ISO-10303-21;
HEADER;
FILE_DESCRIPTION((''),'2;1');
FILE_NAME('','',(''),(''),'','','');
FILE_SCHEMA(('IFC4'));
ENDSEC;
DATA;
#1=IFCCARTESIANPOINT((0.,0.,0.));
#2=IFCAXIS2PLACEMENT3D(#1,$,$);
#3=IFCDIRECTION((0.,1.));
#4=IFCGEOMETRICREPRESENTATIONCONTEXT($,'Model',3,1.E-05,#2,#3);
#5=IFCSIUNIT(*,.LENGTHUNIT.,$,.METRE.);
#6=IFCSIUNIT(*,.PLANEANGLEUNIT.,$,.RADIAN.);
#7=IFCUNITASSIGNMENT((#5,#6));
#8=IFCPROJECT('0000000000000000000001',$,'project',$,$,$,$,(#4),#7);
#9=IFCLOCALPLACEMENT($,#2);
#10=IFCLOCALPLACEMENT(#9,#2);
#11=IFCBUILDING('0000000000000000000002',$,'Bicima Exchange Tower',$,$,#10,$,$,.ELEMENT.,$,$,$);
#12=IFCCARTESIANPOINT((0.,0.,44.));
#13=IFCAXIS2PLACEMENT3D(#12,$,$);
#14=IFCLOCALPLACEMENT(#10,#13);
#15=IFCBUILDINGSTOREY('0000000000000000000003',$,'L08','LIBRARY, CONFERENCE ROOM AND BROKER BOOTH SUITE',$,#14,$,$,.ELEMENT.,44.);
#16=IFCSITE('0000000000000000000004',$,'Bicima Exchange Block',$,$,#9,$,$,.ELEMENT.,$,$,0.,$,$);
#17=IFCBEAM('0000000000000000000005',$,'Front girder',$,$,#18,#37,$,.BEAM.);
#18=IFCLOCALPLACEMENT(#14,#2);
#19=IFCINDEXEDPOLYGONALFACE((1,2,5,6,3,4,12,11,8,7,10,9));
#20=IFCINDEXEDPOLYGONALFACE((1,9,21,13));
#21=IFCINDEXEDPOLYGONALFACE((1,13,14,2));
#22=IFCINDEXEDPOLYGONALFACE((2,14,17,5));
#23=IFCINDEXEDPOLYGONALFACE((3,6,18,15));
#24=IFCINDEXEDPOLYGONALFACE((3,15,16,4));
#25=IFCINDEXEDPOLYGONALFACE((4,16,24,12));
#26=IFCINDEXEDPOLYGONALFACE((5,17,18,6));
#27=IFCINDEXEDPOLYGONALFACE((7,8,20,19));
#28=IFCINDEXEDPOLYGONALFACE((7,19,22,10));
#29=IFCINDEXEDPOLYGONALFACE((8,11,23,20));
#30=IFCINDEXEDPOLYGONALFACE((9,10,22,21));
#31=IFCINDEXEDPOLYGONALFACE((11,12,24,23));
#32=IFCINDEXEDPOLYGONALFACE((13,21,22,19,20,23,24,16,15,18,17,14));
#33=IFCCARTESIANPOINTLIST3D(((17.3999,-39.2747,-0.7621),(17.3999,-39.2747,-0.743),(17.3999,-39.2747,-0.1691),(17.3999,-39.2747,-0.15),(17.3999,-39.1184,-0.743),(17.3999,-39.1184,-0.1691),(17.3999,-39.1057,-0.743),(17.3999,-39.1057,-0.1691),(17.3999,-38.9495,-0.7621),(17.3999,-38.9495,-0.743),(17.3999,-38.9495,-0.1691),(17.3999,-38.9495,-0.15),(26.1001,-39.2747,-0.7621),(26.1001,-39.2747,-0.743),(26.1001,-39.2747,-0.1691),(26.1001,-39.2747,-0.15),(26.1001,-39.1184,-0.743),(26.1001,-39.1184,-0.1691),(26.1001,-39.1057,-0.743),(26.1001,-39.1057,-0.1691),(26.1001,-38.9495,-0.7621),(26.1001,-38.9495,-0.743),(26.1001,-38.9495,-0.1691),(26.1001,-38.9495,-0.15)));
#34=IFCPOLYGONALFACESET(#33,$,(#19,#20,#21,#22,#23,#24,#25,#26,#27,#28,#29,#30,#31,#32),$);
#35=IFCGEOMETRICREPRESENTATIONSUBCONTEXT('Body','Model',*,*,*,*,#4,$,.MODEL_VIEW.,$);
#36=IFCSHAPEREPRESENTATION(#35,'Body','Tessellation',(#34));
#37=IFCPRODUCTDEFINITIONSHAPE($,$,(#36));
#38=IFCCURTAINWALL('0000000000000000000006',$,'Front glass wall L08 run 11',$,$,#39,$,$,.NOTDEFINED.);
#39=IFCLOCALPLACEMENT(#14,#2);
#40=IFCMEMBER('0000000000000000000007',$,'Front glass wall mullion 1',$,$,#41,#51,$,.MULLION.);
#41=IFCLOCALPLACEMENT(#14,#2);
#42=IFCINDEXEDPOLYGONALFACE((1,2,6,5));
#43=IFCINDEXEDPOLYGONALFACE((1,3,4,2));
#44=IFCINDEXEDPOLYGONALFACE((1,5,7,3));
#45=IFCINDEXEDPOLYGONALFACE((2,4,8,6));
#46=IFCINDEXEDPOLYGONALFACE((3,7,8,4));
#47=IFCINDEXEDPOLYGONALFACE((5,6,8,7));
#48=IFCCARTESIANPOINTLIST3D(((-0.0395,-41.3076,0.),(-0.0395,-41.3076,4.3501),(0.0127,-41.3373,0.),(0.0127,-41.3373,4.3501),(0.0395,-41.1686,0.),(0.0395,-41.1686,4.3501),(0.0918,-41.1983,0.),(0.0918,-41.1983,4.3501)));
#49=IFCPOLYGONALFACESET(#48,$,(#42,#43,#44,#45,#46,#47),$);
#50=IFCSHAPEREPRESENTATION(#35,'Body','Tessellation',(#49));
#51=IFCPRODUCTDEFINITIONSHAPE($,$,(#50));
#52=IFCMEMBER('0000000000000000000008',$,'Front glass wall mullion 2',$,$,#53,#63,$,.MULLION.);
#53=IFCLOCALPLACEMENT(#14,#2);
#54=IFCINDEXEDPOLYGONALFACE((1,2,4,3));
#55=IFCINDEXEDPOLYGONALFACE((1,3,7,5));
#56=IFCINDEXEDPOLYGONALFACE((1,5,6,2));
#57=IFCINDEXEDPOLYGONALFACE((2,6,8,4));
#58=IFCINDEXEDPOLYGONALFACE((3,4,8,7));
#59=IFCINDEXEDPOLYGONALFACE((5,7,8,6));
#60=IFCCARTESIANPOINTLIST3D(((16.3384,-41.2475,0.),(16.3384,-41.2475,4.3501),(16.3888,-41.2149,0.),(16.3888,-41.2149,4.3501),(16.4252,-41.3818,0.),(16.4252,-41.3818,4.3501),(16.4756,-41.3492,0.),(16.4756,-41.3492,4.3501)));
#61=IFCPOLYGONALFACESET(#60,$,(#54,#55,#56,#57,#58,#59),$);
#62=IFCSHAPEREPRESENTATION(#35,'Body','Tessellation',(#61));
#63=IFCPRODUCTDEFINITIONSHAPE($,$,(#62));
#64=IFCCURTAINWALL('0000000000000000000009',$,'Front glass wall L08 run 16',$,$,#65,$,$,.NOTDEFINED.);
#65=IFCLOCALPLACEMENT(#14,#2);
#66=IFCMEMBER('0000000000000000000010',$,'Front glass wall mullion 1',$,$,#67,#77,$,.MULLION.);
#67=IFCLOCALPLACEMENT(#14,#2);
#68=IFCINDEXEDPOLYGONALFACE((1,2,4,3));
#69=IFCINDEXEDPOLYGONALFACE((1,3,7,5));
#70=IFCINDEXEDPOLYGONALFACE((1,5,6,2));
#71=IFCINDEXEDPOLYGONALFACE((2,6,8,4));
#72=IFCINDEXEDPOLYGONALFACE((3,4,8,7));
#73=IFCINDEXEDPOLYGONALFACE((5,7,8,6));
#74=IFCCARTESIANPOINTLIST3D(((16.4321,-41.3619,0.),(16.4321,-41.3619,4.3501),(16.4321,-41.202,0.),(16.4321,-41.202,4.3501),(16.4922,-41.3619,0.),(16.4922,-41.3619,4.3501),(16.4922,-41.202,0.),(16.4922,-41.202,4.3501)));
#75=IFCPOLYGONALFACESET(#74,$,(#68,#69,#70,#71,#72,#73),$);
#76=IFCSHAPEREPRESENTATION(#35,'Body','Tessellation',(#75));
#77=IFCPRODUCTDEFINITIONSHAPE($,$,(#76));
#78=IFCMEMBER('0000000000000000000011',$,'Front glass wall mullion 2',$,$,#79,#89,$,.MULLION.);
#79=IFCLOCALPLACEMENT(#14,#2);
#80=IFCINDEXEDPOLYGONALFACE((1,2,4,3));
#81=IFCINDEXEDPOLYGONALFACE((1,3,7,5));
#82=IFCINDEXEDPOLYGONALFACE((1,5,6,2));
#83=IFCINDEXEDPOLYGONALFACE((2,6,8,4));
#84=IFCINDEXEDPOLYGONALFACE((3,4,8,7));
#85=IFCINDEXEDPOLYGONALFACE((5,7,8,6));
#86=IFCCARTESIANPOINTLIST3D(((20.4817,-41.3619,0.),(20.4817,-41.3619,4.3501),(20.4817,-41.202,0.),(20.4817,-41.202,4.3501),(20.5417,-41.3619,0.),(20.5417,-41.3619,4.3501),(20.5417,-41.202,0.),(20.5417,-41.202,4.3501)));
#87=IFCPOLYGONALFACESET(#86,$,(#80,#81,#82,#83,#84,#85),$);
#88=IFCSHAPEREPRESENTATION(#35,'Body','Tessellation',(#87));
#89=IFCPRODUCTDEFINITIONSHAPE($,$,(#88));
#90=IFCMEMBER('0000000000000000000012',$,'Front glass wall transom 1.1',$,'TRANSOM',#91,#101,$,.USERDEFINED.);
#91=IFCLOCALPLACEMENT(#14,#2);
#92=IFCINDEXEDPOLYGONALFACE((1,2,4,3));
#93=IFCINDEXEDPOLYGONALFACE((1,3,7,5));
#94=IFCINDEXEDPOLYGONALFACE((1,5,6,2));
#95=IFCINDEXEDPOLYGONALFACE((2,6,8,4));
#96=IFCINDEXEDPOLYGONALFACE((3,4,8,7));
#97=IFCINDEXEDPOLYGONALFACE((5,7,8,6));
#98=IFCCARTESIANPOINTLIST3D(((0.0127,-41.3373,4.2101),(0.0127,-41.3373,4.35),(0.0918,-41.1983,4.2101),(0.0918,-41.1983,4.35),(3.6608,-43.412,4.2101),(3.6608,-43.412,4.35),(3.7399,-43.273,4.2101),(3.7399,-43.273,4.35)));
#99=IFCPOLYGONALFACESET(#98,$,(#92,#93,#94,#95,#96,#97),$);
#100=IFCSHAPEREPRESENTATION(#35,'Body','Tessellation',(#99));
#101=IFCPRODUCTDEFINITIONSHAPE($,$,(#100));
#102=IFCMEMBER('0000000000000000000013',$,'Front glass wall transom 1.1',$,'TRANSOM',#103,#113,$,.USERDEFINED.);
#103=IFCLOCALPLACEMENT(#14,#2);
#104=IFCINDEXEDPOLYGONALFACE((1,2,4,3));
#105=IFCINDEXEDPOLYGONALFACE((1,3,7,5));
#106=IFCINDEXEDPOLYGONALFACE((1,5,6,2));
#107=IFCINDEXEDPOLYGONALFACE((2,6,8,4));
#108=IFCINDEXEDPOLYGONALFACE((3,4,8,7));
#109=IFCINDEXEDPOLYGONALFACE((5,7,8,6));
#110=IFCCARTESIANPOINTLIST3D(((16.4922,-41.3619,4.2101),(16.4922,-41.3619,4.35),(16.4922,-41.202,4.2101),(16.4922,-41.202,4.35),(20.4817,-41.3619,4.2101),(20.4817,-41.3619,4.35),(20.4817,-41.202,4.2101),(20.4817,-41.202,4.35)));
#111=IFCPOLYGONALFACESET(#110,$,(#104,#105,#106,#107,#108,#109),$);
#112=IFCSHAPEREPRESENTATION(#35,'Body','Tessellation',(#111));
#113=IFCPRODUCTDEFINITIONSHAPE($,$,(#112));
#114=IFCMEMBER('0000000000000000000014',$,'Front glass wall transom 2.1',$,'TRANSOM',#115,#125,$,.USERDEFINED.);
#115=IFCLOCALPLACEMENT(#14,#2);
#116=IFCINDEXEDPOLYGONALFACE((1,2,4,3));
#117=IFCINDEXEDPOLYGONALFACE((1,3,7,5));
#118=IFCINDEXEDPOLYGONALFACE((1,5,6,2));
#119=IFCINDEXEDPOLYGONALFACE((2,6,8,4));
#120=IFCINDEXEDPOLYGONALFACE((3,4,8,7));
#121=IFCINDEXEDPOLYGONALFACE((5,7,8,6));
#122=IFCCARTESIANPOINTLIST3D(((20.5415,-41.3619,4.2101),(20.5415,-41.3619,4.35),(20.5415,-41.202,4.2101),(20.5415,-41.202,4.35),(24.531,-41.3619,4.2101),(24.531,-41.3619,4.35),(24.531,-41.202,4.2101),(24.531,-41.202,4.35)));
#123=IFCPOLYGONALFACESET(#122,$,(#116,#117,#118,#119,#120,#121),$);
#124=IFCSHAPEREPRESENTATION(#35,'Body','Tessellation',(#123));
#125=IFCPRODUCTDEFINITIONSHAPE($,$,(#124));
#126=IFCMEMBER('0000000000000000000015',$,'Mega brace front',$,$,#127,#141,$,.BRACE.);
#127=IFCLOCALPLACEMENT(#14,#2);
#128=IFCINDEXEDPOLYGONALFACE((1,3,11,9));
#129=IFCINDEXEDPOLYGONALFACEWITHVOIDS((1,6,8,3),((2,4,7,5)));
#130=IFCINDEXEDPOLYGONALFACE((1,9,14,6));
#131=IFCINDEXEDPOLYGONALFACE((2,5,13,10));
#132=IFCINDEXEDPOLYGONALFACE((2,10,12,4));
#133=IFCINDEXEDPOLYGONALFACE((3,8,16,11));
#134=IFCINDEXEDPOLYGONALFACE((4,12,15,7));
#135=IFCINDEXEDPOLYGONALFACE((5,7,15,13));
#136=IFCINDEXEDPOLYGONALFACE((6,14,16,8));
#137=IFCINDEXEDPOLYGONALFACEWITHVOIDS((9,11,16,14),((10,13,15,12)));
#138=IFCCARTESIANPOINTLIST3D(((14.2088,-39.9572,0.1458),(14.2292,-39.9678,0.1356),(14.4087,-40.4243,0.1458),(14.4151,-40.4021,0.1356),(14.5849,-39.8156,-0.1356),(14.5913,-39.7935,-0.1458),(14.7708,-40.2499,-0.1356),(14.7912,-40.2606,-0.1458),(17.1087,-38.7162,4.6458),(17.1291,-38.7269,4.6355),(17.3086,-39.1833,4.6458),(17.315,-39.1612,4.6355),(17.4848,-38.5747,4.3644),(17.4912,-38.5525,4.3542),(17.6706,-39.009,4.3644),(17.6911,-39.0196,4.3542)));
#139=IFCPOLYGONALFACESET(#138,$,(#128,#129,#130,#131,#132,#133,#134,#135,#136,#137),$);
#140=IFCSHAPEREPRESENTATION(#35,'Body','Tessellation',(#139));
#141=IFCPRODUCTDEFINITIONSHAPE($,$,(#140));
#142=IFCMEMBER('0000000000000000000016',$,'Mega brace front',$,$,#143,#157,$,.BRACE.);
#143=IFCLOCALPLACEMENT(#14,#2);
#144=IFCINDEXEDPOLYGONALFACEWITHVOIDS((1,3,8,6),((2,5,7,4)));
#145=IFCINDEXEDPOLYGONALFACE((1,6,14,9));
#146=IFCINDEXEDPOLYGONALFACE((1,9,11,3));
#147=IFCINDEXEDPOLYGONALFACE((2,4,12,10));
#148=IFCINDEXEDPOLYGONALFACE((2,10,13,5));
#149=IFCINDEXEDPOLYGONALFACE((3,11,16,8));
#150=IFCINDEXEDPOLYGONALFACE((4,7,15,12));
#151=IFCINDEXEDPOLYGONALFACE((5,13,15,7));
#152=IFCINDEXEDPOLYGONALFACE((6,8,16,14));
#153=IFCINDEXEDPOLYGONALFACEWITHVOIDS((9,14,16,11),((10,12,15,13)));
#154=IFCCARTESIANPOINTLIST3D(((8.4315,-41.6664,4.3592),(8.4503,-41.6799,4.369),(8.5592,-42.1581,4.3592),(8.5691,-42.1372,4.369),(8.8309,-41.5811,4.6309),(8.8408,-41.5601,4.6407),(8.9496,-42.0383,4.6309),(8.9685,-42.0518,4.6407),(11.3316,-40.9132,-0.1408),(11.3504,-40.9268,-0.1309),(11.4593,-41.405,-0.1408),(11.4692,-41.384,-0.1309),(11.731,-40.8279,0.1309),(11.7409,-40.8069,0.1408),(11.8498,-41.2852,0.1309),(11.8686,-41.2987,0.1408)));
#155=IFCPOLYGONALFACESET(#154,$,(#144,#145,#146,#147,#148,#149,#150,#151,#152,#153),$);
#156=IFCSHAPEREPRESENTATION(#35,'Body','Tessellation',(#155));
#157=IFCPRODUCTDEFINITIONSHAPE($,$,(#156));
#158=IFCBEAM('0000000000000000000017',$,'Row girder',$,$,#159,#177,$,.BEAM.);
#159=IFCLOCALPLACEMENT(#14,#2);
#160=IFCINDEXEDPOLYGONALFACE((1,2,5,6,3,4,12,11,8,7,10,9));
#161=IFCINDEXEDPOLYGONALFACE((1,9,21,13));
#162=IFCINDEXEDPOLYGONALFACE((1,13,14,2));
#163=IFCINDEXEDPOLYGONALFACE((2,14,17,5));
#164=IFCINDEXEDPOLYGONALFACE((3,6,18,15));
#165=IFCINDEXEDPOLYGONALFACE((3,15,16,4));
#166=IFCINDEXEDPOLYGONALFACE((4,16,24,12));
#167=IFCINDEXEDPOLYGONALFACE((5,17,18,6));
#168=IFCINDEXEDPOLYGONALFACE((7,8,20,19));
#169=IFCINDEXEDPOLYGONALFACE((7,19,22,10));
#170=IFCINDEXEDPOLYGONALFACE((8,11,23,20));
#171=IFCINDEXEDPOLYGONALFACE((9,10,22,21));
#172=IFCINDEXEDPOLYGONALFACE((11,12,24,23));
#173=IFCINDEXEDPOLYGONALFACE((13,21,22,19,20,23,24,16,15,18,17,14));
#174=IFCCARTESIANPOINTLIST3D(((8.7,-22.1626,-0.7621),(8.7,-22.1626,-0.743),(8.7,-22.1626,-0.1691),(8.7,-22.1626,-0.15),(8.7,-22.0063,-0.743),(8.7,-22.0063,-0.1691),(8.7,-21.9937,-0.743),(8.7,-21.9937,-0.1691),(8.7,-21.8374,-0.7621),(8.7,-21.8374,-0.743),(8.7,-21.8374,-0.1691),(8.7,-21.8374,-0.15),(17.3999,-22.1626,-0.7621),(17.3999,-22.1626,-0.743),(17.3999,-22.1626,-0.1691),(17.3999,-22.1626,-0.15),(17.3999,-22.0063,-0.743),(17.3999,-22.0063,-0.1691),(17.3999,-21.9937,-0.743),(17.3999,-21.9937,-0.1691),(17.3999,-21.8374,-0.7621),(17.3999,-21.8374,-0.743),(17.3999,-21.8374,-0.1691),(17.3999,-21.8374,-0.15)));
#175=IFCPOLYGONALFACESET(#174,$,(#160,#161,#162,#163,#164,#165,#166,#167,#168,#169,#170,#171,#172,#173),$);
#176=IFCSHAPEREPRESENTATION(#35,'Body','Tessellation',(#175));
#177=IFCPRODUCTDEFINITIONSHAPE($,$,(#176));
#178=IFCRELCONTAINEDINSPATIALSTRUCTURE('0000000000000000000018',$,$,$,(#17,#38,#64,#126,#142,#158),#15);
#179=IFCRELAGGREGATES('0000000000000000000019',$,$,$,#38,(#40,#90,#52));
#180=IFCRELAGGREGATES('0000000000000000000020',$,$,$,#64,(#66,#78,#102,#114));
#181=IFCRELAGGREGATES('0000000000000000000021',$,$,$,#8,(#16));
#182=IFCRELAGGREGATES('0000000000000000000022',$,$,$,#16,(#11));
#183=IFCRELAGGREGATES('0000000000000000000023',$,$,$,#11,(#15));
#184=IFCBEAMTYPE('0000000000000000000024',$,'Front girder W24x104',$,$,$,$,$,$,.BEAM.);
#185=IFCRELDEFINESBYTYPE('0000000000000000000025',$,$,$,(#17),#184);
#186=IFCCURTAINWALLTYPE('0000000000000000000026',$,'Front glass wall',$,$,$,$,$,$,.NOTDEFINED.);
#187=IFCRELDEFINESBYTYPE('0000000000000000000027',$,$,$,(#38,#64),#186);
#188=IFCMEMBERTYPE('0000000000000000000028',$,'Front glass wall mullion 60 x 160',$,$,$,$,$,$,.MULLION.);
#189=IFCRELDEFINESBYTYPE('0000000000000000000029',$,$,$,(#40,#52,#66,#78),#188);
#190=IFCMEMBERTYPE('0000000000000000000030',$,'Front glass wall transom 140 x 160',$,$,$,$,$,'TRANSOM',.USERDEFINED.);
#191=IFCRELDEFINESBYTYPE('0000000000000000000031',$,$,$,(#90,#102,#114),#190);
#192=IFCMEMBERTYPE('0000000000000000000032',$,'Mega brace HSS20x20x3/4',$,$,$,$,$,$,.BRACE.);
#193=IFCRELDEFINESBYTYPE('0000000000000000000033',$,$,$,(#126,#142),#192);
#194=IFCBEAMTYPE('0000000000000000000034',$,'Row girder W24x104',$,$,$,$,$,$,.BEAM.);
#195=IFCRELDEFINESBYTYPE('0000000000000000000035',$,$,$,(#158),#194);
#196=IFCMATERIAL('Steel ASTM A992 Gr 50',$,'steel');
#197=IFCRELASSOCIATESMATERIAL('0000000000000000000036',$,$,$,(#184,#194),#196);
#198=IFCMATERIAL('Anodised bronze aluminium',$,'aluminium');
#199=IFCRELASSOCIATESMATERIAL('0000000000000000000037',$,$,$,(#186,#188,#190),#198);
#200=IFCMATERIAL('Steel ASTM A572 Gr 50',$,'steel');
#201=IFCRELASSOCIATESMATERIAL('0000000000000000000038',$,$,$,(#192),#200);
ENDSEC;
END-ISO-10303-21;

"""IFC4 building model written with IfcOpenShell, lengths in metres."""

from ifc_helpers import new_model, si_unit, direction, frame, origin, origin_2d, place, context, subcontext, project, spatial, rectangle, hollow_rectangle, i_section, extrude, material, material_profile, profile_set, type_object, element, aggregate, save


model = new_model("IFC4")

# Units and contexts
model_context = context("Model", 3, precision=1e-05, world=origin(), true_north=direction((0.0, 1.0)))
body_context = subcontext(model_context, "Body", "Model", "MODEL_VIEW")
ifc_project = project(units=[si_unit("LENGTHUNIT", "METRE"), si_unit("PLANEANGLEUNIT", "RADIAN")], contexts=[model_context])

# Site, building, storey
site_placement = place(None, origin())
site = spatial("IfcSite", under=ifc_project, at=site_placement, Name="Bicima Exchange Block", CompositionType="ELEMENT", RefElevation=0.0)
building_placement = place(site_placement, origin())
building = spatial("IfcBuilding", under=site, at=building_placement, Name="Bicima Exchange Tower", CompositionType="ELEMENT")
storey_placement = place(building_placement, frame((0.0, 0.0, 44.0)))
storey = spatial("IfcBuildingStorey", under=building, at=storey_placement, Name="L08", Description="LIBRARY, CONFERENCE ROOM AND BROKER BOOTH SUITE", CompositionType="ELEMENT", Elevation=44.0)

# Shared definitions
ifc_material_1 = material(Name="Steel ASTM A992 Gr 50", Category="steel")

# Beam
ifc_material_profile_1 = material_profile(ifc_material_1, i_section(OverallWidth=0.3252, OverallDepth=0.6121, WebThickness=0.0127, FlangeThickness=0.019, at=origin_2d()))
ifc_profile_set_1 = profile_set([ifc_material_profile_1], Name="Steel ASTM A992 Gr 50")
beam_type_1 = type_object("IfcBeamType", Name="Front girder W24x104", PredefinedType="BEAM", material=ifc_profile_set_1)
beam_1_placement = place(storey_placement, frame((17.3999, -39.1121, -0.4561), z_axis=(1.0, 0.0, 0.0), x_axis=(0.0, 1.0, 0.0)))
element("IfcBeam", 1, at=beam_1_placement, inside=storey, type_object=beam_type_1, Name="Front girder", PredefinedType="BEAM", context=body_context, shape_type="SweptSolid", body=[
    extrude(i_section(OverallWidth=0.3252, OverallDepth=0.6121, WebThickness=0.0127, FlangeThickness=0.019, at=origin_2d()), origin(), (0.0, 0.0, 1.0), 8.7002),
])

# Curtain walls, members
ifc_material_2 = material(Name="Anodised bronze aluminium", Category="aluminium")
curtain_wall_type = type_object("IfcCurtainWallType", Name="Front glass wall", PredefinedType="NOTDEFINED", material=ifc_material_2)
curtain_wall_1_placement = place(storey_placement, origin())
curtain_wall_1 = element("IfcCurtainWall", 2, at=curtain_wall_1_placement, inside=storey, type_object=curtain_wall_type, Name="Front glass wall L08 run 11", PredefinedType="NOTDEFINED")
ifc_material_profile_2 = material_profile(ifc_material_2, rectangle(XDim=0.1599, YDim=0.0601, at=origin_2d()))
ifc_profile_set_2 = profile_set([ifc_material_profile_2], Name="Anodised bronze aluminium")
member_type_1 = type_object("IfcMemberType", Name="Front glass wall mullion 60 x 160", PredefinedType="MULLION", material=ifc_profile_set_2)
member_1_placement = place(storey_placement, frame((0.0261, -41.2529, 0.0), z_axis=(0.0, 0.0, 1.0), x_axis=(0.49433, 0.869274, 0.0)))
member_1 = element("IfcMember", 3, at=member_1_placement, type_object=member_type_1, Name="Front glass wall mullion 1", PredefinedType="MULLION", context=body_context, shape_type="SweptSolid", body=[
    extrude(rectangle(XDim=0.1599, YDim=0.0601, at=origin_2d()), origin(), (0.0, 0.0, 1.0), 4.3501),
])
member_2_placement = place(storey_placement, frame((16.407, -41.2983, 0.0), z_axis=(0.0, 0.0, 1.0), x_axis=(-0.542909, 0.839791, 0.0)))
member_2 = element("IfcMember", 4, at=member_2_placement, type_object=member_type_1, Name="Front glass wall mullion 2", PredefinedType="MULLION", context=body_context, shape_type="SweptSolid", body=[
    extrude(rectangle(XDim=0.1599, YDim=0.0601, at=origin_2d()), origin(), (0.0, 0.0, 1.0), 4.3501),
])
curtain_wall_2_placement = place(storey_placement, origin())
curtain_wall_2 = element("IfcCurtainWall", 5, at=curtain_wall_2_placement, inside=storey, type_object=curtain_wall_type, Name="Front glass wall L08 run 16", PredefinedType="NOTDEFINED")
member_3_placement = place(storey_placement, frame((16.4622, -41.282, 0.0), z_axis=(0.0, 0.0, 1.0), x_axis=(0.0, 1.0, 0.0)))
member_3 = element("IfcMember", 6, at=member_3_placement, type_object=member_type_1, Name="Front glass wall mullion 1", PredefinedType="MULLION", context=body_context, shape_type="SweptSolid", body=[
    extrude(rectangle(XDim=0.1599, YDim=0.0601, at=origin_2d()), origin(), (0.0, 0.0, 1.0), 4.3501),
])
member_4_placement = place(storey_placement, frame((20.5117, -41.282, 0.0), z_axis=(0.0, 0.0, 1.0), x_axis=(0.0, 1.0, 0.0)))
member_4 = element("IfcMember", 7, at=member_4_placement, type_object=member_type_1, Name="Front glass wall mullion 2", PredefinedType="MULLION", context=body_context, shape_type="SweptSolid", body=[
    extrude(rectangle(XDim=0.1599, YDim=0.0601, at=origin_2d()), origin(), (0.0, 0.0, 1.0), 4.3501),
])

# Members
ifc_material_profile_3 = material_profile(ifc_material_2, rectangle(XDim=0.1599, YDim=0.1399, at=origin_2d()))
ifc_profile_set_3 = profile_set([ifc_material_profile_3], Name="Anodised bronze aluminium")
member_type_2 = type_object("IfcMemberType", Name="Front glass wall transom 140 x 160", ElementType="TRANSOM", PredefinedType="USERDEFINED", material=ifc_profile_set_3)
member_5_placement = place(storey_placement, frame((0.0522, -41.2678, 4.28), z_axis=(0.869265, -0.494346, 0.0), x_axis=(0.494346, 0.869265, 0.0)))
member_5 = element("IfcMember", 8, at=member_5_placement, type_object=member_type_2, Name="Front glass wall transom 1.1", ObjectType="TRANSOM", PredefinedType="USERDEFINED", context=body_context, shape_type="SweptSolid", body=[
    extrude(rectangle(XDim=0.1599, YDim=0.1399, at=origin_2d()), origin(), (0.0, 0.0, 1.0), 4.1968),
])
aggregate(curtain_wall_1, [member_1, member_5, member_2])
member_6_placement = place(storey_placement, frame((16.4922, -41.282, 4.28), z_axis=(1.0, 0.0, 0.0), x_axis=(0.0, 1.0, 0.0)))
member_6 = element("IfcMember", 9, at=member_6_placement, type_object=member_type_2, Name="Front glass wall transom 1.1", ObjectType="TRANSOM", PredefinedType="USERDEFINED", context=body_context, shape_type="SweptSolid", body=[
    extrude(rectangle(XDim=0.1599, YDim=0.1399, at=origin_2d()), origin(), (0.0, 0.0, 1.0), 3.9895),
])
member_7_placement = place(storey_placement, frame((20.5415, -41.282, 4.28), z_axis=(1.0, 0.0, 0.0), x_axis=(0.0, 1.0, 0.0)))
member_7 = element("IfcMember", 10, at=member_7_placement, type_object=member_type_2, Name="Front glass wall transom 2.1", ObjectType="TRANSOM", PredefinedType="USERDEFINED", context=body_context, shape_type="SweptSolid", body=[
    extrude(rectangle(XDim=0.1599, YDim=0.1399, at=origin_2d()), origin(), (0.0, 0.0, 1.0), 3.9895),
])

# Members
ifc_material_3 = material(Name="Steel ASTM A572 Gr 50", Category="steel")
ifc_material_profile_4 = material_profile(ifc_material_3, hollow_rectangle(XDim=0.5081, YDim=0.5081, WallThickness=0.0178, at=origin_2d()))
ifc_profile_set_4 = profile_set([ifc_material_profile_4], Name="Steel ASTM A572 Gr 50")
member_type_3 = type_object("IfcMemberType", Name="Mega brace HSS20x20x3/4", PredefinedType="BRACE", material=ifc_profile_set_4)
member_8_placement = place(storey_placement, frame((14.5, -40.1089, 0.0), z_axis=(0.527696, 0.225819, 0.818867), x_axis=(-0.393424, 0.919357, 0.0)))
element("IfcMember", 11, at=member_8_placement, inside=storey, type_object=member_type_3, Name="Mega brace front", PredefinedType="BRACE", context=body_context, shape_type="SweptSolid", body=[
    extrude(hollow_rectangle(XDim=0.5081, YDim=0.5081, WallThickness=0.0178, at=origin_2d()), origin(), (0.0, 0.0, 1.0), 5.4954),
])
member_9_placement = place(storey_placement, frame((11.6001, -41.106, 0.0), z_axis=(-0.536438, -0.139314, 0.832362), x_axis=(0.251364, -0.967893, 0.0)))
element("IfcMember", 12, at=member_9_placement, inside=storey, type_object=member_type_3, Name="Mega brace front", PredefinedType="BRACE", context=body_context, shape_type="SweptSolid", body=[
    extrude(hollow_rectangle(XDim=0.5081, YDim=0.5081, WallThickness=0.0178, at=origin_2d()), origin(), (0.0, 0.0, 1.0), 5.4062),
])

# Beam
beam_type_2 = type_object("IfcBeamType", Name="Row girder W24x104", PredefinedType="BEAM", material=ifc_profile_set_1)
beam_2_placement = place(storey_placement, frame((8.7, -22.0, -0.4561), z_axis=(1.0, 0.0, 0.0), x_axis=(0.0, 1.0, 0.0)))
element("IfcBeam", 13, at=beam_2_placement, inside=storey, type_object=beam_type_2, Name="Row girder", PredefinedType="BEAM", context=body_context, shape_type="SweptSolid", body=[
    extrude(i_section(OverallWidth=0.3252, OverallDepth=0.6121, WebThickness=0.0127, FlangeThickness=0.019, at=origin_2d()), origin(), (0.0, 0.0, 1.0), 8.7),
])

aggregate(curtain_wall_2, [member_3, member_4, member_6, member_7])

save(model, "model.ifc")
